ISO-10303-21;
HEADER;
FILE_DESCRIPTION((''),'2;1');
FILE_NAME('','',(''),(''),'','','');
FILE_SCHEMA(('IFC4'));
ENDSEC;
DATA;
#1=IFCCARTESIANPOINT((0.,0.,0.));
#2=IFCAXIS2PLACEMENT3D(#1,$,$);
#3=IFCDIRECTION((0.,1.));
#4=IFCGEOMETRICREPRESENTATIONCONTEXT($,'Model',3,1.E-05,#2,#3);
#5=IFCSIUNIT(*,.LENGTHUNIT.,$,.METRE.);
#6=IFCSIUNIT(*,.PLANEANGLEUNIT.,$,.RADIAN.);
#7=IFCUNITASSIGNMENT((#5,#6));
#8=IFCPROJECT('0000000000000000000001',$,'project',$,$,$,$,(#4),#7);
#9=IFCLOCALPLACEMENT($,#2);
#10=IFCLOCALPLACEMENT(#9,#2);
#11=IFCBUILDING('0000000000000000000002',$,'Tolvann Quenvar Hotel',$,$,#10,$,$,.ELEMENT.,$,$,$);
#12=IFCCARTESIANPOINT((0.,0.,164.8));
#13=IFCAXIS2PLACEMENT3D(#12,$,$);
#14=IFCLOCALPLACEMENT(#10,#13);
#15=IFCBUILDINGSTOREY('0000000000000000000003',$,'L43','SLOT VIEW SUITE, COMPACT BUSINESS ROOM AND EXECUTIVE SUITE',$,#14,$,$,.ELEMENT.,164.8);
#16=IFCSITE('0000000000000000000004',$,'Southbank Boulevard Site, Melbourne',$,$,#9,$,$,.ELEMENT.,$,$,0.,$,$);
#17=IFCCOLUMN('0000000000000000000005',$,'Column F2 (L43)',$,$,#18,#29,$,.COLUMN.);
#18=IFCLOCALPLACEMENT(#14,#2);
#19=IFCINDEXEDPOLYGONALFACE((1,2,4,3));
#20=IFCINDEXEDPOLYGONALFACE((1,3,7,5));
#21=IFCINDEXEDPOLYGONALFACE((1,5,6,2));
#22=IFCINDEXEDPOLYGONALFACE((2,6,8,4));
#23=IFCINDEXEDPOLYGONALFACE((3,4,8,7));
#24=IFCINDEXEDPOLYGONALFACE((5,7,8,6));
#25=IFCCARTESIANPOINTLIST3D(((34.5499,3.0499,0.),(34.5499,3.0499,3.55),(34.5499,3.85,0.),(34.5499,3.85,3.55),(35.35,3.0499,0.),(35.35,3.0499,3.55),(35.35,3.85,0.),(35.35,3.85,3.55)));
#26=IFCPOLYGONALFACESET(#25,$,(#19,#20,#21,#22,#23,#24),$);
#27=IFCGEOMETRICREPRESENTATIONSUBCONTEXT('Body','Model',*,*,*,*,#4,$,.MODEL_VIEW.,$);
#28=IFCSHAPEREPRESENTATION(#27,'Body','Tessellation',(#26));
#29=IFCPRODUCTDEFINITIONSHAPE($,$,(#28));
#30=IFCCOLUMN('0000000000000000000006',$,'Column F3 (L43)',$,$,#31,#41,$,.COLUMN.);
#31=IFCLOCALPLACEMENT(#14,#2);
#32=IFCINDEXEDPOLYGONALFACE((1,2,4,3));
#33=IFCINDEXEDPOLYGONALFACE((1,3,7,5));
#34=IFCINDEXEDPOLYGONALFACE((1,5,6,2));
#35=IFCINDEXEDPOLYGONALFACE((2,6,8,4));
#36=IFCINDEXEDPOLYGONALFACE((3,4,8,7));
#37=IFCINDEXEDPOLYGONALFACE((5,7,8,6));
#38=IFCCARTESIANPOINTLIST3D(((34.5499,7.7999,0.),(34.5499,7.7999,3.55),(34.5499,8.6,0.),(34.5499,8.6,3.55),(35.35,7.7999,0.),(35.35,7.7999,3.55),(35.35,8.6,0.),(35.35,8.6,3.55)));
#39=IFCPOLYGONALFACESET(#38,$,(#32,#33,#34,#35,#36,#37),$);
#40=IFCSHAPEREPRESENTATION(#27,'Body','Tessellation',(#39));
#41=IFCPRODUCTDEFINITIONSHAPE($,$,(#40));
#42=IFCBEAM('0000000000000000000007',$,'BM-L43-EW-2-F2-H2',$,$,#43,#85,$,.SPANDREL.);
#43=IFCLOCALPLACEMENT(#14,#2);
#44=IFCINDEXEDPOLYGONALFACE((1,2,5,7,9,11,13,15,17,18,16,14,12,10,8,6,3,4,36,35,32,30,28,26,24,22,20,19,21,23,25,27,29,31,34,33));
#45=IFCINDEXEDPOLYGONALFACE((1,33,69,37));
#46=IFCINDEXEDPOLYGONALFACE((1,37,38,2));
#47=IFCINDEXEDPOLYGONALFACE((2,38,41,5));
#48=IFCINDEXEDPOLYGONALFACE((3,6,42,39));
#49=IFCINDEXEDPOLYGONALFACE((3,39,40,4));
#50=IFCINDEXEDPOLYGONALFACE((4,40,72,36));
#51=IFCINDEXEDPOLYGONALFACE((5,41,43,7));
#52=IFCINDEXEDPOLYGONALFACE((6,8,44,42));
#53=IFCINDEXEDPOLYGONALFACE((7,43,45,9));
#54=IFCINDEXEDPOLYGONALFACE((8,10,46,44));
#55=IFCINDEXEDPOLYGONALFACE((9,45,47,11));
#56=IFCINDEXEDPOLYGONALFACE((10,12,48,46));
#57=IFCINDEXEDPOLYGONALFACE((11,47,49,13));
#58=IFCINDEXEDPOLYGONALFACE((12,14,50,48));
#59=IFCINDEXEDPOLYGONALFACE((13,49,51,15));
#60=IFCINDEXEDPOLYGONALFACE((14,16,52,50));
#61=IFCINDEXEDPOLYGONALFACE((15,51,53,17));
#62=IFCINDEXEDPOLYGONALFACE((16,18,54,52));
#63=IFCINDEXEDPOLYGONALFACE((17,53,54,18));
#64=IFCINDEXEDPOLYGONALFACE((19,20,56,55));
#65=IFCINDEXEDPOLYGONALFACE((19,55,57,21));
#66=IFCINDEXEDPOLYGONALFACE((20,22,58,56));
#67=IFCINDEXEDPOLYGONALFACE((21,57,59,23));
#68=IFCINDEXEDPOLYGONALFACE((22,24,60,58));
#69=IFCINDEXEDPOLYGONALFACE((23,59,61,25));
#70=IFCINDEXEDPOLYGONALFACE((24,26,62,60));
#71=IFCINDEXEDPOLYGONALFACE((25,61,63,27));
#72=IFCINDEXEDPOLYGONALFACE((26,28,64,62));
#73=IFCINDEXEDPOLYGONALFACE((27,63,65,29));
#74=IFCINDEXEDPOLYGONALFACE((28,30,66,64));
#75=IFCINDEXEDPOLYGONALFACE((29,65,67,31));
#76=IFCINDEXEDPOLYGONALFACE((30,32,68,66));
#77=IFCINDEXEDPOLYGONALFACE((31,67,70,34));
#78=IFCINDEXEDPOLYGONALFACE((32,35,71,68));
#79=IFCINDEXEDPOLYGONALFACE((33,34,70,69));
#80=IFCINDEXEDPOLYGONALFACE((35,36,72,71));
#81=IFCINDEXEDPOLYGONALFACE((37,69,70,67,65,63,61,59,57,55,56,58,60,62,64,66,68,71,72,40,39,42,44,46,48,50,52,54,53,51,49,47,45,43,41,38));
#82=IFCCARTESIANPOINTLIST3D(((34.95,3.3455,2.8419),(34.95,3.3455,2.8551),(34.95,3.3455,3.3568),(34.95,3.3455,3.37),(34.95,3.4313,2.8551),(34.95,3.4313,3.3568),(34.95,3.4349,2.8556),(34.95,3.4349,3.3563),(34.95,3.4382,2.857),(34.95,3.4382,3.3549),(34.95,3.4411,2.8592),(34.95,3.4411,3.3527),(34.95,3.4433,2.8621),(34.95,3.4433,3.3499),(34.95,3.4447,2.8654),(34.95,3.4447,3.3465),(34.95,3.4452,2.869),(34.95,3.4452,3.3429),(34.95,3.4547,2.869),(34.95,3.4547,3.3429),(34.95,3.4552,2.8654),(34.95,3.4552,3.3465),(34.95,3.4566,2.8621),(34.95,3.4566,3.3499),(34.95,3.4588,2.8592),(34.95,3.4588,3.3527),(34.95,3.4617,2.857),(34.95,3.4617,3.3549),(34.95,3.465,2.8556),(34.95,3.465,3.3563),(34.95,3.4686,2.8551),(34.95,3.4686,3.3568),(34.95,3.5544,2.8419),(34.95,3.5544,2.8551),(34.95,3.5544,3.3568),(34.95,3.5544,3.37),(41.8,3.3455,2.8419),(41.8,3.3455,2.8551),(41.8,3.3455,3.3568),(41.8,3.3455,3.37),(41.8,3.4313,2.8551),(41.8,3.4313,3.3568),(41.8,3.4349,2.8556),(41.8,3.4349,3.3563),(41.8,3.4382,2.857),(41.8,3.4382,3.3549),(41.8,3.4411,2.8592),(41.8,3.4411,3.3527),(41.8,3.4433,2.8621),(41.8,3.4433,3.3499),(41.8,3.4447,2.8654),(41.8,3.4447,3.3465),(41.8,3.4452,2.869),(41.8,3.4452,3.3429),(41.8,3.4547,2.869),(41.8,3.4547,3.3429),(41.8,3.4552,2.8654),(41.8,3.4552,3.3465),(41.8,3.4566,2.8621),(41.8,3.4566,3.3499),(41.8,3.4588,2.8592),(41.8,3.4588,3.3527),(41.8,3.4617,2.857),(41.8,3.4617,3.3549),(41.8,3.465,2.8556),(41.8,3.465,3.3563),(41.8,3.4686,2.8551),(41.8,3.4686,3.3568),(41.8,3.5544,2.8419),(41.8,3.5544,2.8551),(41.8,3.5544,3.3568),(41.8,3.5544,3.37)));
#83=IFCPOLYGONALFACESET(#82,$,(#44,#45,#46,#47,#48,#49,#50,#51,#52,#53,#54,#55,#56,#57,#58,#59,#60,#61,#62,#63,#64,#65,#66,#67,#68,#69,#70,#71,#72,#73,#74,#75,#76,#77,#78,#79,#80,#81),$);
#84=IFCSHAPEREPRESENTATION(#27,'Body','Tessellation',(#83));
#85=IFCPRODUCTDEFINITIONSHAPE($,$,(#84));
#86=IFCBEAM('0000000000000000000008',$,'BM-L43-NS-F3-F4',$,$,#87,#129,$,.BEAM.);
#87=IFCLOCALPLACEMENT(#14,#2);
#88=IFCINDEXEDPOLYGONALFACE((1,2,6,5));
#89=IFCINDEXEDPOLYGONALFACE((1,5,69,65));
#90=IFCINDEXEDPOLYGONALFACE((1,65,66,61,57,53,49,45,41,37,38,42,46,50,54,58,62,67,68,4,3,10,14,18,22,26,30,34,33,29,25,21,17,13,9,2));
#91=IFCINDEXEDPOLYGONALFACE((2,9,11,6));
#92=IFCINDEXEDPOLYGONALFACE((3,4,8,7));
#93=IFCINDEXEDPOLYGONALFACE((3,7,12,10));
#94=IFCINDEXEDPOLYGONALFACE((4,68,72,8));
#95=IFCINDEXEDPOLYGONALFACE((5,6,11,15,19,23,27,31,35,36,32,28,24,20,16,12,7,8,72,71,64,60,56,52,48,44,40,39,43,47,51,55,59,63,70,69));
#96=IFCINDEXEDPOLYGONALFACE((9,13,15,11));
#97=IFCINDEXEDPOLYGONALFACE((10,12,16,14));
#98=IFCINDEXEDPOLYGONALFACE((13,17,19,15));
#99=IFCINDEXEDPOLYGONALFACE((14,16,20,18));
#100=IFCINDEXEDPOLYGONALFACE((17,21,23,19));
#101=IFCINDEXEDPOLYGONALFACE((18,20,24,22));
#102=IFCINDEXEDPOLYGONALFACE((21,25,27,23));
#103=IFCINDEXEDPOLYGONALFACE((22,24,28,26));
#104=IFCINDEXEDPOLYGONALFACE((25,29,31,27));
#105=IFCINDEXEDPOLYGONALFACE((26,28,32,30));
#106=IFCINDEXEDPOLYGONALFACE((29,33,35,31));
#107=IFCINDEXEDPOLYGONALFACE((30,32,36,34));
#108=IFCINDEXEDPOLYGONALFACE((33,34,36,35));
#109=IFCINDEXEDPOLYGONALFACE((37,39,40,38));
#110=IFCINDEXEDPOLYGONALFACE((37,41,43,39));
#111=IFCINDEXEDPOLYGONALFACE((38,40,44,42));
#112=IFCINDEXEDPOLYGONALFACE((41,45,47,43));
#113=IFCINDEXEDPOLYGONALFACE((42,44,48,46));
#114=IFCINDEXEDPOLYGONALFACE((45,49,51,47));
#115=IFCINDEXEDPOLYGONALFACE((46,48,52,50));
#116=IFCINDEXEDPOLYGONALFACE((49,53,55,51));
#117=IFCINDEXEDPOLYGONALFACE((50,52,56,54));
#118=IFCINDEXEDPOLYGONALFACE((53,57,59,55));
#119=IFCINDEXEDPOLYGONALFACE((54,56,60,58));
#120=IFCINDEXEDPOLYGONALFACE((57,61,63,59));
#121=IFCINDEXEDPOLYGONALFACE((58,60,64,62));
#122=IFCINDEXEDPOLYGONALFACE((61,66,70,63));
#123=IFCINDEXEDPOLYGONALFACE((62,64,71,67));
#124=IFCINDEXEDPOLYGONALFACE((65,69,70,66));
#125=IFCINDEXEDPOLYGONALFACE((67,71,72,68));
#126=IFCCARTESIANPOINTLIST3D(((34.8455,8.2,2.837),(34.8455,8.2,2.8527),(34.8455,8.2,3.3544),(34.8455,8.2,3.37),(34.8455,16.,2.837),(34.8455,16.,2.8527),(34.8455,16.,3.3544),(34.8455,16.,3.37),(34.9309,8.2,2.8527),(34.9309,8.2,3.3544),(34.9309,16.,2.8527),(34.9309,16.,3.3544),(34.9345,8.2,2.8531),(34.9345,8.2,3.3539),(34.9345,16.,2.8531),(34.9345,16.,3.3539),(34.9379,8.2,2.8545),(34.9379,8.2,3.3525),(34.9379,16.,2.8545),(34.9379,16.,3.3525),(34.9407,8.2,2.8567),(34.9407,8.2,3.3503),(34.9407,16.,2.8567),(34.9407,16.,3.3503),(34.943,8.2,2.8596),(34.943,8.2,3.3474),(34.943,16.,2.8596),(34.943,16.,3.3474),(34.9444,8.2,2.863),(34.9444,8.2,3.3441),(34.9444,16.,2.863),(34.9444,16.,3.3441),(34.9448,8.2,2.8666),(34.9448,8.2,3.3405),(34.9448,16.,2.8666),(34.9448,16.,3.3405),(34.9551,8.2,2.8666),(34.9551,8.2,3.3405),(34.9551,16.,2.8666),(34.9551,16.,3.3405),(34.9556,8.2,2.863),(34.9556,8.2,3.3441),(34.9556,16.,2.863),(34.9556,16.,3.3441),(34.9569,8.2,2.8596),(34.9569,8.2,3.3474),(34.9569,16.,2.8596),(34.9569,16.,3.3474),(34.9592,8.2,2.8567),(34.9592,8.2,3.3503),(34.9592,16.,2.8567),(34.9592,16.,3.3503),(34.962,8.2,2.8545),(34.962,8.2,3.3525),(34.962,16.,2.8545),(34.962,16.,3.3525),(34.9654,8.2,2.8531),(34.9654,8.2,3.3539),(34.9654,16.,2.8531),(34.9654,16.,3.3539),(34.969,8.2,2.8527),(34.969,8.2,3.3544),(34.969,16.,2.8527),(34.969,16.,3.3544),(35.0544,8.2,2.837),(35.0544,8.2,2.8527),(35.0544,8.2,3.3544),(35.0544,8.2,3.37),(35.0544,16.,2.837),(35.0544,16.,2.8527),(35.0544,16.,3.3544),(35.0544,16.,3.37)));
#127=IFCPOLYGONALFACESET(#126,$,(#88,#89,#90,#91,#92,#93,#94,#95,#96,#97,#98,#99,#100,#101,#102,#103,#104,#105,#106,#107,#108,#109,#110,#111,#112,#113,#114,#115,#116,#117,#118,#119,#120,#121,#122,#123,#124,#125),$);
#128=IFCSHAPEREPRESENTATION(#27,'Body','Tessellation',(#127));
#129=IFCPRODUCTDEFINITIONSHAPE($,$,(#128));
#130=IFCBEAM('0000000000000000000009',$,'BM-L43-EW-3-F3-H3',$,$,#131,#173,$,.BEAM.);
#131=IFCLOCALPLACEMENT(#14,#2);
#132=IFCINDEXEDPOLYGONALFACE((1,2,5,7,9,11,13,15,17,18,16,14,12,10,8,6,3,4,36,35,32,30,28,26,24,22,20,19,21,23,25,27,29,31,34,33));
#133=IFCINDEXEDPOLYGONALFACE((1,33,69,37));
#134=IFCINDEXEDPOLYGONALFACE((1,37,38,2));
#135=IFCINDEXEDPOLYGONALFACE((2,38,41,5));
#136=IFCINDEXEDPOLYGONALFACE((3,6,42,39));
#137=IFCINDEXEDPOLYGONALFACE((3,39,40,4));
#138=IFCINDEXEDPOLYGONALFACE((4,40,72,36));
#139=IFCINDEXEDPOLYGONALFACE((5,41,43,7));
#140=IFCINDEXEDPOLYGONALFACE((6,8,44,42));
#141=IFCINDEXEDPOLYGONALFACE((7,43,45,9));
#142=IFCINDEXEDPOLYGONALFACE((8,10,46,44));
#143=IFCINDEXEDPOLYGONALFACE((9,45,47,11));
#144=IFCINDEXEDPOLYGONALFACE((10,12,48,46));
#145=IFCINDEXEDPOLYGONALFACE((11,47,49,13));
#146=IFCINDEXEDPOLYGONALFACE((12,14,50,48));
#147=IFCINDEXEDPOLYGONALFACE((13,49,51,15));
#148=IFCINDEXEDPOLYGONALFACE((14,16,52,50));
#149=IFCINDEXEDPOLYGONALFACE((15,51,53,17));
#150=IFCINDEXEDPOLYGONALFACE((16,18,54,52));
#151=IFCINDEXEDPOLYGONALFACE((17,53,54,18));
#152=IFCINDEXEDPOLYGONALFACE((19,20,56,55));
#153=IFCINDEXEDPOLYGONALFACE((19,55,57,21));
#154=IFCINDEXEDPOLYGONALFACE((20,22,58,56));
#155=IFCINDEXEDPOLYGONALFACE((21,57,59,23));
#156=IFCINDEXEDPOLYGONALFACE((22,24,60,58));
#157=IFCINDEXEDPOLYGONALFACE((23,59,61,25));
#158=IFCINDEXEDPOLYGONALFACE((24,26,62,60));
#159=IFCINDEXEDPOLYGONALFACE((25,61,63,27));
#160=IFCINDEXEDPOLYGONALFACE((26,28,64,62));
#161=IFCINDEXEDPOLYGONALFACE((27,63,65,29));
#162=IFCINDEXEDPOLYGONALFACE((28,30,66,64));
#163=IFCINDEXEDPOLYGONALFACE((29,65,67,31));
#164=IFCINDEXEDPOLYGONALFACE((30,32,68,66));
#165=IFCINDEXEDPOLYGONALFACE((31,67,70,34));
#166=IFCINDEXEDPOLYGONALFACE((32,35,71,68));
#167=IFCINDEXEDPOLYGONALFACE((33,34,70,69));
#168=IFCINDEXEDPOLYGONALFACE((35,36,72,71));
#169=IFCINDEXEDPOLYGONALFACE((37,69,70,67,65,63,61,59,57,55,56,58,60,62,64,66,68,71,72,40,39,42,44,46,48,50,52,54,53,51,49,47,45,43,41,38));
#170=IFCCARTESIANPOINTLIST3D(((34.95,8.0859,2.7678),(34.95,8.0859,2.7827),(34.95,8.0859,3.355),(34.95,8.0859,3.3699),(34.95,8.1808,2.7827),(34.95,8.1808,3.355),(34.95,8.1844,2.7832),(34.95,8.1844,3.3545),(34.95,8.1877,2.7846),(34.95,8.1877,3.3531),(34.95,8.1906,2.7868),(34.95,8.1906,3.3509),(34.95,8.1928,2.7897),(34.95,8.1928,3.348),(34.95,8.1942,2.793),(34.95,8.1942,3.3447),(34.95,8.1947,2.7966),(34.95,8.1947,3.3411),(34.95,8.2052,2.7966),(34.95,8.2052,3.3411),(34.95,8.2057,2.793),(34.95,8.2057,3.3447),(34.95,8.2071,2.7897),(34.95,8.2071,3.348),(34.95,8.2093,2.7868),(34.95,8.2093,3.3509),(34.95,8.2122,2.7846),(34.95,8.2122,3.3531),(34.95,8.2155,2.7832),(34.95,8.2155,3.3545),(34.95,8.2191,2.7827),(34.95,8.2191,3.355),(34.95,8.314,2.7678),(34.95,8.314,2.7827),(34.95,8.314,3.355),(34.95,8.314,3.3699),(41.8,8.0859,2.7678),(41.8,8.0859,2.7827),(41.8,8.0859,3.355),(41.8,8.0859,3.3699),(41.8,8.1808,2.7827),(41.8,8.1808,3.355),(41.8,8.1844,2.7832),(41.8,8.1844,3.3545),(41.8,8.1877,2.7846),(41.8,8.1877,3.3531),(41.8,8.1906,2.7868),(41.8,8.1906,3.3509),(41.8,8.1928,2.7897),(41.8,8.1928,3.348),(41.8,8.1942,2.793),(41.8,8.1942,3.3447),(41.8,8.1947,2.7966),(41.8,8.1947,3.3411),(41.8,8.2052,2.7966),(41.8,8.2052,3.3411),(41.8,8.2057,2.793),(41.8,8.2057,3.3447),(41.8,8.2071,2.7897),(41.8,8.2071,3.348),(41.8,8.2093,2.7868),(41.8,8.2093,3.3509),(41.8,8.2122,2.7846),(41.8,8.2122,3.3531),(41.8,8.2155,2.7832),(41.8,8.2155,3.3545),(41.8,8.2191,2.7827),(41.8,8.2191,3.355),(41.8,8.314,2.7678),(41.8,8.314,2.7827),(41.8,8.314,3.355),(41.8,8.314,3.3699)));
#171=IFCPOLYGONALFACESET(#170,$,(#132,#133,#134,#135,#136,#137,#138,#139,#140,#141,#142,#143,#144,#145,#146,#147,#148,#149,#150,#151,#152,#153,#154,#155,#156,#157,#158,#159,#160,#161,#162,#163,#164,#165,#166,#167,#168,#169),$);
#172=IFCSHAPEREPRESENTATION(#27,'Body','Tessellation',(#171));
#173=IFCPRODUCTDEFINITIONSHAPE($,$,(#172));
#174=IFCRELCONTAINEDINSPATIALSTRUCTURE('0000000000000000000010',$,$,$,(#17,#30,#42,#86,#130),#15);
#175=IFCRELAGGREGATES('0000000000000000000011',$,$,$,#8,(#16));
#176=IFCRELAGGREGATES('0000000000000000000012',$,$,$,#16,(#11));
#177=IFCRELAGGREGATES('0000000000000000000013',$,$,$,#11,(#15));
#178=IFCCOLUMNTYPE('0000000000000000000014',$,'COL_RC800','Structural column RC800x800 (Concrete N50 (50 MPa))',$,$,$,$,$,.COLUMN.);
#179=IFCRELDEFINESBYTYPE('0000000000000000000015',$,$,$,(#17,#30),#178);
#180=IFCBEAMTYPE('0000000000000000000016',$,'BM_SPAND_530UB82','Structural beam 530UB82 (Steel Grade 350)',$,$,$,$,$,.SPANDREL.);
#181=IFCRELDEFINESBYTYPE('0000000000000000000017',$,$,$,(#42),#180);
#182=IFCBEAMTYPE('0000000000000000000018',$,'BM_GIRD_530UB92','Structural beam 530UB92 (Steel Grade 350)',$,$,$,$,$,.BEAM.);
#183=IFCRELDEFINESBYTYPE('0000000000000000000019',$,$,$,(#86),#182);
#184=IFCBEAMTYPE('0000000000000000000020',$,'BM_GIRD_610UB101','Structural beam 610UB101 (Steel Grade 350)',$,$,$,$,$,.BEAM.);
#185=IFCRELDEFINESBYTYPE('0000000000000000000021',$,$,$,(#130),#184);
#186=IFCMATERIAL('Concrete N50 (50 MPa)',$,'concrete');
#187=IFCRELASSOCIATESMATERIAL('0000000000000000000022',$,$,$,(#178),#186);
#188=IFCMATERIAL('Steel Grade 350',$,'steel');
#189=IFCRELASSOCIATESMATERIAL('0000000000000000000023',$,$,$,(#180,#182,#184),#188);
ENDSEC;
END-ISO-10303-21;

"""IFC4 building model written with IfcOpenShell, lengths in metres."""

from ifc_helpers import new_model, si_unit, direction, frame, origin, origin_2d, place, context, subcontext, project, spatial, rectangle, i_section, extrude, source, transform, mapped, material, material_profile, profile_set, type_object, type_shapes, element, save


model = new_model("IFC4")

# Units and contexts
model_context = context("Model", 3, precision=1e-05, world=origin(), true_north=direction((0.0, 1.0)))
body_context = subcontext(model_context, "Body", "Model", "MODEL_VIEW")
ifc_project = project(units=[si_unit("LENGTHUNIT", "METRE"), si_unit("PLANEANGLEUNIT", "RADIAN")], contexts=[model_context])

# Site, building, storey
site_placement = place(None, origin())
site = spatial("IfcSite", under=ifc_project, at=site_placement, Name="Southbank Boulevard Site, Melbourne", CompositionType="ELEMENT", RefElevation=0.0)
building_placement = place(site_placement, origin())
building = spatial("IfcBuilding", under=site, at=building_placement, Name="Tolvann Quenvar Hotel", CompositionType="ELEMENT")
storey_placement = place(building_placement, frame((0.0, 0.0, 164.8)))
storey = spatial("IfcBuildingStorey", under=building, at=storey_placement, Name="L43", Description="SLOT VIEW SUITE, COMPACT BUSINESS ROOM AND EXECUTIVE SUITE", CompositionType="ELEMENT", Elevation=164.8)

# Columns
ifc_material_1 = material(Name="Concrete N50 (50 MPa)", Category="concrete")
ifc_material_profile_1 = material_profile(ifc_material_1, rectangle(XDim=0.8, YDim=0.8, at=origin_2d()), Name="RC800x800")
ifc_profile_set_1 = profile_set([ifc_material_profile_1], Name="Concrete N50 (50 MPa)")
column_type = type_object("IfcColumnType", Name="COL_RC800", Description="Structural column RC800x800 (Concrete N50 (50 MPa))", PredefinedType="COLUMN", material=ifc_profile_set_1)
shared_shape_1 = source(origin(), body_context, "Body", "SweptSolid", [
    extrude(rectangle(XDim=0.8, YDim=0.8, at=origin_2d()), origin(), (0.0, 0.0, 1.0), 3.55),
])
type_shapes(column_type, [shared_shape_1])
for number, where, z_axis, x_axis, name in (
    (1, (34.95, 3.45, 0.0), (0.0, 0.0, 1.0), (1.0, 0.0, 0.0), "Column F2 (L43)"),
    (2, (34.95, 8.2, 0.0), (0.0, 0.0, 1.0), (1.0, 0.0, 0.0), "Column F3 (L43)"),
):
    element("IfcColumn", number, at=place(storey_placement, frame(where, z_axis=z_axis, x_axis=x_axis)), inside=storey, type_object=column_type, Name=name, PredefinedType="COLUMN", context=body_context, shape_type="MappedRepresentation", body=[
        mapped(shared_shape_1, transform((0.0, 0.0, 0.0), x_axis=(1.0, 0.0, 0.0), y_axis=(0.0, 1.0, 0.0), z_axis=(0.0, 0.0, 1.0), scale=1.0)),
    ])

# Beams
ifc_material_2 = material(Name="Steel Grade 350", Category="steel")
ifc_material_profile_2 = material_profile(ifc_material_2, i_section(OverallWidth=0.209, OverallDepth=0.5281, WebThickness=0.0095, FlangeThickness=0.0132, FilletRadius=0.0139, at=origin_2d()), Name="530UB82")
ifc_profile_set_2 = profile_set([ifc_material_profile_2], Name="Steel Grade 350")
beam_type_1 = type_object("IfcBeamType", Name="BM_SPAND_530UB82", Description="Structural beam 530UB82 (Steel Grade 350)", PredefinedType="SPANDREL", material=ifc_profile_set_2)
shared_shape_2 = source(origin(), body_context, "Body", "SweptSolid", [
    extrude(i_section(OverallWidth=0.209, OverallDepth=0.5281, WebThickness=0.0095, FlangeThickness=0.0132, FilletRadius=0.0139, at=origin_2d()), origin(), (0.0, 0.0, 1.0), 6.8501),
])
type_shapes(beam_type_1, [shared_shape_2])
beam_1_placement = place(storey_placement, frame((34.95, 3.45, 3.106), z_axis=(1.0, 0.0, 0.0), x_axis=(0.0, 1.0, 0.0)))
element("IfcBeam", 3, at=beam_1_placement, inside=storey, type_object=beam_type_1, Name="BM-L43-EW-2-F2-H2", PredefinedType="SPANDREL", context=body_context, shape_type="MappedRepresentation", body=[
    mapped(shared_shape_2, transform((0.0, 0.0, 0.0), x_axis=(1.0, 0.0, 0.0), y_axis=(0.0, 1.0, 0.0), z_axis=(0.0, 0.0, 1.0), scale=1.0)),
])
ifc_material_profile_3 = material_profile(ifc_material_2, i_section(OverallWidth=0.209, OverallDepth=0.533, WebThickness=0.0103, FlangeThickness=0.0156, FilletRadius=0.0139, at=origin_2d()), Name="530UB92")
ifc_profile_set_3 = profile_set([ifc_material_profile_3], Name="Steel Grade 350")
beam_type_2 = type_object("IfcBeamType", Name="BM_GIRD_530UB92", Description="Structural beam 530UB92 (Steel Grade 350)", PredefinedType="BEAM", material=ifc_profile_set_3)
shared_shape_3 = source(origin(), body_context, "Body", "SweptSolid", [
    extrude(i_section(OverallWidth=0.209, OverallDepth=0.533, WebThickness=0.0103, FlangeThickness=0.0156, FilletRadius=0.0139, at=origin_2d()), origin(), (0.0, 0.0, 1.0), 7.8),
])
beam_2_placement = place(storey_placement, frame((34.95, 8.2, 3.1035), z_axis=(0.0, 1.0, 0.0), x_axis=(-1.0, 0.0, 0.0)))
element("IfcBeam", 4, at=beam_2_placement, inside=storey, type_object=beam_type_2, Name="BM-L43-NS-F3-F4", PredefinedType="BEAM", context=body_context, shape_type="MappedRepresentation", body=[
    mapped(shared_shape_3, transform((0.0, 0.0, 0.0), x_axis=(1.0, 0.0, 0.0), y_axis=(0.0, 1.0, 0.0), z_axis=(0.0, 0.0, 1.0), scale=1.0)),
])
ifc_material_profile_4 = material_profile(ifc_material_2, i_section(OverallWidth=0.228, OverallDepth=0.6021, WebThickness=0.0105, FlangeThickness=0.0149, FilletRadius=0.0139, at=origin_2d()), Name="610UB101")
ifc_profile_set_4 = profile_set([ifc_material_profile_4], Name="Steel Grade 350")
beam_type_3 = type_object("IfcBeamType", Name="BM_GIRD_610UB101", Description="Structural beam 610UB101 (Steel Grade 350)", PredefinedType="BEAM", material=ifc_profile_set_4)
shared_shape_4 = source(origin(), body_context, "Body", "SweptSolid", [
    extrude(i_section(OverallWidth=0.228, OverallDepth=0.6021, WebThickness=0.0105, FlangeThickness=0.0149, FilletRadius=0.0139, at=origin_2d()), origin(), (0.0, 0.0, 1.0), 6.8501),
])
type_shapes(beam_type_3, [shared_shape_4])
beam_3_placement = place(storey_placement, frame((34.95, 8.2, 3.0688), z_axis=(1.0, 0.0, 0.0), x_axis=(0.0, 1.0, 0.0)))
element("IfcBeam", 5, at=beam_3_placement, inside=storey, type_object=beam_type_3, Name="BM-L43-EW-3-F3-H3", PredefinedType="BEAM", context=body_context, shape_type="MappedRepresentation", body=[
    mapped(shared_shape_4, transform((0.0, 0.0, 0.0), x_axis=(1.0, 0.0, 0.0), y_axis=(0.0, 1.0, 0.0), z_axis=(0.0, 0.0, 1.0), scale=1.0)),
])

save(model, "model.ifc")
